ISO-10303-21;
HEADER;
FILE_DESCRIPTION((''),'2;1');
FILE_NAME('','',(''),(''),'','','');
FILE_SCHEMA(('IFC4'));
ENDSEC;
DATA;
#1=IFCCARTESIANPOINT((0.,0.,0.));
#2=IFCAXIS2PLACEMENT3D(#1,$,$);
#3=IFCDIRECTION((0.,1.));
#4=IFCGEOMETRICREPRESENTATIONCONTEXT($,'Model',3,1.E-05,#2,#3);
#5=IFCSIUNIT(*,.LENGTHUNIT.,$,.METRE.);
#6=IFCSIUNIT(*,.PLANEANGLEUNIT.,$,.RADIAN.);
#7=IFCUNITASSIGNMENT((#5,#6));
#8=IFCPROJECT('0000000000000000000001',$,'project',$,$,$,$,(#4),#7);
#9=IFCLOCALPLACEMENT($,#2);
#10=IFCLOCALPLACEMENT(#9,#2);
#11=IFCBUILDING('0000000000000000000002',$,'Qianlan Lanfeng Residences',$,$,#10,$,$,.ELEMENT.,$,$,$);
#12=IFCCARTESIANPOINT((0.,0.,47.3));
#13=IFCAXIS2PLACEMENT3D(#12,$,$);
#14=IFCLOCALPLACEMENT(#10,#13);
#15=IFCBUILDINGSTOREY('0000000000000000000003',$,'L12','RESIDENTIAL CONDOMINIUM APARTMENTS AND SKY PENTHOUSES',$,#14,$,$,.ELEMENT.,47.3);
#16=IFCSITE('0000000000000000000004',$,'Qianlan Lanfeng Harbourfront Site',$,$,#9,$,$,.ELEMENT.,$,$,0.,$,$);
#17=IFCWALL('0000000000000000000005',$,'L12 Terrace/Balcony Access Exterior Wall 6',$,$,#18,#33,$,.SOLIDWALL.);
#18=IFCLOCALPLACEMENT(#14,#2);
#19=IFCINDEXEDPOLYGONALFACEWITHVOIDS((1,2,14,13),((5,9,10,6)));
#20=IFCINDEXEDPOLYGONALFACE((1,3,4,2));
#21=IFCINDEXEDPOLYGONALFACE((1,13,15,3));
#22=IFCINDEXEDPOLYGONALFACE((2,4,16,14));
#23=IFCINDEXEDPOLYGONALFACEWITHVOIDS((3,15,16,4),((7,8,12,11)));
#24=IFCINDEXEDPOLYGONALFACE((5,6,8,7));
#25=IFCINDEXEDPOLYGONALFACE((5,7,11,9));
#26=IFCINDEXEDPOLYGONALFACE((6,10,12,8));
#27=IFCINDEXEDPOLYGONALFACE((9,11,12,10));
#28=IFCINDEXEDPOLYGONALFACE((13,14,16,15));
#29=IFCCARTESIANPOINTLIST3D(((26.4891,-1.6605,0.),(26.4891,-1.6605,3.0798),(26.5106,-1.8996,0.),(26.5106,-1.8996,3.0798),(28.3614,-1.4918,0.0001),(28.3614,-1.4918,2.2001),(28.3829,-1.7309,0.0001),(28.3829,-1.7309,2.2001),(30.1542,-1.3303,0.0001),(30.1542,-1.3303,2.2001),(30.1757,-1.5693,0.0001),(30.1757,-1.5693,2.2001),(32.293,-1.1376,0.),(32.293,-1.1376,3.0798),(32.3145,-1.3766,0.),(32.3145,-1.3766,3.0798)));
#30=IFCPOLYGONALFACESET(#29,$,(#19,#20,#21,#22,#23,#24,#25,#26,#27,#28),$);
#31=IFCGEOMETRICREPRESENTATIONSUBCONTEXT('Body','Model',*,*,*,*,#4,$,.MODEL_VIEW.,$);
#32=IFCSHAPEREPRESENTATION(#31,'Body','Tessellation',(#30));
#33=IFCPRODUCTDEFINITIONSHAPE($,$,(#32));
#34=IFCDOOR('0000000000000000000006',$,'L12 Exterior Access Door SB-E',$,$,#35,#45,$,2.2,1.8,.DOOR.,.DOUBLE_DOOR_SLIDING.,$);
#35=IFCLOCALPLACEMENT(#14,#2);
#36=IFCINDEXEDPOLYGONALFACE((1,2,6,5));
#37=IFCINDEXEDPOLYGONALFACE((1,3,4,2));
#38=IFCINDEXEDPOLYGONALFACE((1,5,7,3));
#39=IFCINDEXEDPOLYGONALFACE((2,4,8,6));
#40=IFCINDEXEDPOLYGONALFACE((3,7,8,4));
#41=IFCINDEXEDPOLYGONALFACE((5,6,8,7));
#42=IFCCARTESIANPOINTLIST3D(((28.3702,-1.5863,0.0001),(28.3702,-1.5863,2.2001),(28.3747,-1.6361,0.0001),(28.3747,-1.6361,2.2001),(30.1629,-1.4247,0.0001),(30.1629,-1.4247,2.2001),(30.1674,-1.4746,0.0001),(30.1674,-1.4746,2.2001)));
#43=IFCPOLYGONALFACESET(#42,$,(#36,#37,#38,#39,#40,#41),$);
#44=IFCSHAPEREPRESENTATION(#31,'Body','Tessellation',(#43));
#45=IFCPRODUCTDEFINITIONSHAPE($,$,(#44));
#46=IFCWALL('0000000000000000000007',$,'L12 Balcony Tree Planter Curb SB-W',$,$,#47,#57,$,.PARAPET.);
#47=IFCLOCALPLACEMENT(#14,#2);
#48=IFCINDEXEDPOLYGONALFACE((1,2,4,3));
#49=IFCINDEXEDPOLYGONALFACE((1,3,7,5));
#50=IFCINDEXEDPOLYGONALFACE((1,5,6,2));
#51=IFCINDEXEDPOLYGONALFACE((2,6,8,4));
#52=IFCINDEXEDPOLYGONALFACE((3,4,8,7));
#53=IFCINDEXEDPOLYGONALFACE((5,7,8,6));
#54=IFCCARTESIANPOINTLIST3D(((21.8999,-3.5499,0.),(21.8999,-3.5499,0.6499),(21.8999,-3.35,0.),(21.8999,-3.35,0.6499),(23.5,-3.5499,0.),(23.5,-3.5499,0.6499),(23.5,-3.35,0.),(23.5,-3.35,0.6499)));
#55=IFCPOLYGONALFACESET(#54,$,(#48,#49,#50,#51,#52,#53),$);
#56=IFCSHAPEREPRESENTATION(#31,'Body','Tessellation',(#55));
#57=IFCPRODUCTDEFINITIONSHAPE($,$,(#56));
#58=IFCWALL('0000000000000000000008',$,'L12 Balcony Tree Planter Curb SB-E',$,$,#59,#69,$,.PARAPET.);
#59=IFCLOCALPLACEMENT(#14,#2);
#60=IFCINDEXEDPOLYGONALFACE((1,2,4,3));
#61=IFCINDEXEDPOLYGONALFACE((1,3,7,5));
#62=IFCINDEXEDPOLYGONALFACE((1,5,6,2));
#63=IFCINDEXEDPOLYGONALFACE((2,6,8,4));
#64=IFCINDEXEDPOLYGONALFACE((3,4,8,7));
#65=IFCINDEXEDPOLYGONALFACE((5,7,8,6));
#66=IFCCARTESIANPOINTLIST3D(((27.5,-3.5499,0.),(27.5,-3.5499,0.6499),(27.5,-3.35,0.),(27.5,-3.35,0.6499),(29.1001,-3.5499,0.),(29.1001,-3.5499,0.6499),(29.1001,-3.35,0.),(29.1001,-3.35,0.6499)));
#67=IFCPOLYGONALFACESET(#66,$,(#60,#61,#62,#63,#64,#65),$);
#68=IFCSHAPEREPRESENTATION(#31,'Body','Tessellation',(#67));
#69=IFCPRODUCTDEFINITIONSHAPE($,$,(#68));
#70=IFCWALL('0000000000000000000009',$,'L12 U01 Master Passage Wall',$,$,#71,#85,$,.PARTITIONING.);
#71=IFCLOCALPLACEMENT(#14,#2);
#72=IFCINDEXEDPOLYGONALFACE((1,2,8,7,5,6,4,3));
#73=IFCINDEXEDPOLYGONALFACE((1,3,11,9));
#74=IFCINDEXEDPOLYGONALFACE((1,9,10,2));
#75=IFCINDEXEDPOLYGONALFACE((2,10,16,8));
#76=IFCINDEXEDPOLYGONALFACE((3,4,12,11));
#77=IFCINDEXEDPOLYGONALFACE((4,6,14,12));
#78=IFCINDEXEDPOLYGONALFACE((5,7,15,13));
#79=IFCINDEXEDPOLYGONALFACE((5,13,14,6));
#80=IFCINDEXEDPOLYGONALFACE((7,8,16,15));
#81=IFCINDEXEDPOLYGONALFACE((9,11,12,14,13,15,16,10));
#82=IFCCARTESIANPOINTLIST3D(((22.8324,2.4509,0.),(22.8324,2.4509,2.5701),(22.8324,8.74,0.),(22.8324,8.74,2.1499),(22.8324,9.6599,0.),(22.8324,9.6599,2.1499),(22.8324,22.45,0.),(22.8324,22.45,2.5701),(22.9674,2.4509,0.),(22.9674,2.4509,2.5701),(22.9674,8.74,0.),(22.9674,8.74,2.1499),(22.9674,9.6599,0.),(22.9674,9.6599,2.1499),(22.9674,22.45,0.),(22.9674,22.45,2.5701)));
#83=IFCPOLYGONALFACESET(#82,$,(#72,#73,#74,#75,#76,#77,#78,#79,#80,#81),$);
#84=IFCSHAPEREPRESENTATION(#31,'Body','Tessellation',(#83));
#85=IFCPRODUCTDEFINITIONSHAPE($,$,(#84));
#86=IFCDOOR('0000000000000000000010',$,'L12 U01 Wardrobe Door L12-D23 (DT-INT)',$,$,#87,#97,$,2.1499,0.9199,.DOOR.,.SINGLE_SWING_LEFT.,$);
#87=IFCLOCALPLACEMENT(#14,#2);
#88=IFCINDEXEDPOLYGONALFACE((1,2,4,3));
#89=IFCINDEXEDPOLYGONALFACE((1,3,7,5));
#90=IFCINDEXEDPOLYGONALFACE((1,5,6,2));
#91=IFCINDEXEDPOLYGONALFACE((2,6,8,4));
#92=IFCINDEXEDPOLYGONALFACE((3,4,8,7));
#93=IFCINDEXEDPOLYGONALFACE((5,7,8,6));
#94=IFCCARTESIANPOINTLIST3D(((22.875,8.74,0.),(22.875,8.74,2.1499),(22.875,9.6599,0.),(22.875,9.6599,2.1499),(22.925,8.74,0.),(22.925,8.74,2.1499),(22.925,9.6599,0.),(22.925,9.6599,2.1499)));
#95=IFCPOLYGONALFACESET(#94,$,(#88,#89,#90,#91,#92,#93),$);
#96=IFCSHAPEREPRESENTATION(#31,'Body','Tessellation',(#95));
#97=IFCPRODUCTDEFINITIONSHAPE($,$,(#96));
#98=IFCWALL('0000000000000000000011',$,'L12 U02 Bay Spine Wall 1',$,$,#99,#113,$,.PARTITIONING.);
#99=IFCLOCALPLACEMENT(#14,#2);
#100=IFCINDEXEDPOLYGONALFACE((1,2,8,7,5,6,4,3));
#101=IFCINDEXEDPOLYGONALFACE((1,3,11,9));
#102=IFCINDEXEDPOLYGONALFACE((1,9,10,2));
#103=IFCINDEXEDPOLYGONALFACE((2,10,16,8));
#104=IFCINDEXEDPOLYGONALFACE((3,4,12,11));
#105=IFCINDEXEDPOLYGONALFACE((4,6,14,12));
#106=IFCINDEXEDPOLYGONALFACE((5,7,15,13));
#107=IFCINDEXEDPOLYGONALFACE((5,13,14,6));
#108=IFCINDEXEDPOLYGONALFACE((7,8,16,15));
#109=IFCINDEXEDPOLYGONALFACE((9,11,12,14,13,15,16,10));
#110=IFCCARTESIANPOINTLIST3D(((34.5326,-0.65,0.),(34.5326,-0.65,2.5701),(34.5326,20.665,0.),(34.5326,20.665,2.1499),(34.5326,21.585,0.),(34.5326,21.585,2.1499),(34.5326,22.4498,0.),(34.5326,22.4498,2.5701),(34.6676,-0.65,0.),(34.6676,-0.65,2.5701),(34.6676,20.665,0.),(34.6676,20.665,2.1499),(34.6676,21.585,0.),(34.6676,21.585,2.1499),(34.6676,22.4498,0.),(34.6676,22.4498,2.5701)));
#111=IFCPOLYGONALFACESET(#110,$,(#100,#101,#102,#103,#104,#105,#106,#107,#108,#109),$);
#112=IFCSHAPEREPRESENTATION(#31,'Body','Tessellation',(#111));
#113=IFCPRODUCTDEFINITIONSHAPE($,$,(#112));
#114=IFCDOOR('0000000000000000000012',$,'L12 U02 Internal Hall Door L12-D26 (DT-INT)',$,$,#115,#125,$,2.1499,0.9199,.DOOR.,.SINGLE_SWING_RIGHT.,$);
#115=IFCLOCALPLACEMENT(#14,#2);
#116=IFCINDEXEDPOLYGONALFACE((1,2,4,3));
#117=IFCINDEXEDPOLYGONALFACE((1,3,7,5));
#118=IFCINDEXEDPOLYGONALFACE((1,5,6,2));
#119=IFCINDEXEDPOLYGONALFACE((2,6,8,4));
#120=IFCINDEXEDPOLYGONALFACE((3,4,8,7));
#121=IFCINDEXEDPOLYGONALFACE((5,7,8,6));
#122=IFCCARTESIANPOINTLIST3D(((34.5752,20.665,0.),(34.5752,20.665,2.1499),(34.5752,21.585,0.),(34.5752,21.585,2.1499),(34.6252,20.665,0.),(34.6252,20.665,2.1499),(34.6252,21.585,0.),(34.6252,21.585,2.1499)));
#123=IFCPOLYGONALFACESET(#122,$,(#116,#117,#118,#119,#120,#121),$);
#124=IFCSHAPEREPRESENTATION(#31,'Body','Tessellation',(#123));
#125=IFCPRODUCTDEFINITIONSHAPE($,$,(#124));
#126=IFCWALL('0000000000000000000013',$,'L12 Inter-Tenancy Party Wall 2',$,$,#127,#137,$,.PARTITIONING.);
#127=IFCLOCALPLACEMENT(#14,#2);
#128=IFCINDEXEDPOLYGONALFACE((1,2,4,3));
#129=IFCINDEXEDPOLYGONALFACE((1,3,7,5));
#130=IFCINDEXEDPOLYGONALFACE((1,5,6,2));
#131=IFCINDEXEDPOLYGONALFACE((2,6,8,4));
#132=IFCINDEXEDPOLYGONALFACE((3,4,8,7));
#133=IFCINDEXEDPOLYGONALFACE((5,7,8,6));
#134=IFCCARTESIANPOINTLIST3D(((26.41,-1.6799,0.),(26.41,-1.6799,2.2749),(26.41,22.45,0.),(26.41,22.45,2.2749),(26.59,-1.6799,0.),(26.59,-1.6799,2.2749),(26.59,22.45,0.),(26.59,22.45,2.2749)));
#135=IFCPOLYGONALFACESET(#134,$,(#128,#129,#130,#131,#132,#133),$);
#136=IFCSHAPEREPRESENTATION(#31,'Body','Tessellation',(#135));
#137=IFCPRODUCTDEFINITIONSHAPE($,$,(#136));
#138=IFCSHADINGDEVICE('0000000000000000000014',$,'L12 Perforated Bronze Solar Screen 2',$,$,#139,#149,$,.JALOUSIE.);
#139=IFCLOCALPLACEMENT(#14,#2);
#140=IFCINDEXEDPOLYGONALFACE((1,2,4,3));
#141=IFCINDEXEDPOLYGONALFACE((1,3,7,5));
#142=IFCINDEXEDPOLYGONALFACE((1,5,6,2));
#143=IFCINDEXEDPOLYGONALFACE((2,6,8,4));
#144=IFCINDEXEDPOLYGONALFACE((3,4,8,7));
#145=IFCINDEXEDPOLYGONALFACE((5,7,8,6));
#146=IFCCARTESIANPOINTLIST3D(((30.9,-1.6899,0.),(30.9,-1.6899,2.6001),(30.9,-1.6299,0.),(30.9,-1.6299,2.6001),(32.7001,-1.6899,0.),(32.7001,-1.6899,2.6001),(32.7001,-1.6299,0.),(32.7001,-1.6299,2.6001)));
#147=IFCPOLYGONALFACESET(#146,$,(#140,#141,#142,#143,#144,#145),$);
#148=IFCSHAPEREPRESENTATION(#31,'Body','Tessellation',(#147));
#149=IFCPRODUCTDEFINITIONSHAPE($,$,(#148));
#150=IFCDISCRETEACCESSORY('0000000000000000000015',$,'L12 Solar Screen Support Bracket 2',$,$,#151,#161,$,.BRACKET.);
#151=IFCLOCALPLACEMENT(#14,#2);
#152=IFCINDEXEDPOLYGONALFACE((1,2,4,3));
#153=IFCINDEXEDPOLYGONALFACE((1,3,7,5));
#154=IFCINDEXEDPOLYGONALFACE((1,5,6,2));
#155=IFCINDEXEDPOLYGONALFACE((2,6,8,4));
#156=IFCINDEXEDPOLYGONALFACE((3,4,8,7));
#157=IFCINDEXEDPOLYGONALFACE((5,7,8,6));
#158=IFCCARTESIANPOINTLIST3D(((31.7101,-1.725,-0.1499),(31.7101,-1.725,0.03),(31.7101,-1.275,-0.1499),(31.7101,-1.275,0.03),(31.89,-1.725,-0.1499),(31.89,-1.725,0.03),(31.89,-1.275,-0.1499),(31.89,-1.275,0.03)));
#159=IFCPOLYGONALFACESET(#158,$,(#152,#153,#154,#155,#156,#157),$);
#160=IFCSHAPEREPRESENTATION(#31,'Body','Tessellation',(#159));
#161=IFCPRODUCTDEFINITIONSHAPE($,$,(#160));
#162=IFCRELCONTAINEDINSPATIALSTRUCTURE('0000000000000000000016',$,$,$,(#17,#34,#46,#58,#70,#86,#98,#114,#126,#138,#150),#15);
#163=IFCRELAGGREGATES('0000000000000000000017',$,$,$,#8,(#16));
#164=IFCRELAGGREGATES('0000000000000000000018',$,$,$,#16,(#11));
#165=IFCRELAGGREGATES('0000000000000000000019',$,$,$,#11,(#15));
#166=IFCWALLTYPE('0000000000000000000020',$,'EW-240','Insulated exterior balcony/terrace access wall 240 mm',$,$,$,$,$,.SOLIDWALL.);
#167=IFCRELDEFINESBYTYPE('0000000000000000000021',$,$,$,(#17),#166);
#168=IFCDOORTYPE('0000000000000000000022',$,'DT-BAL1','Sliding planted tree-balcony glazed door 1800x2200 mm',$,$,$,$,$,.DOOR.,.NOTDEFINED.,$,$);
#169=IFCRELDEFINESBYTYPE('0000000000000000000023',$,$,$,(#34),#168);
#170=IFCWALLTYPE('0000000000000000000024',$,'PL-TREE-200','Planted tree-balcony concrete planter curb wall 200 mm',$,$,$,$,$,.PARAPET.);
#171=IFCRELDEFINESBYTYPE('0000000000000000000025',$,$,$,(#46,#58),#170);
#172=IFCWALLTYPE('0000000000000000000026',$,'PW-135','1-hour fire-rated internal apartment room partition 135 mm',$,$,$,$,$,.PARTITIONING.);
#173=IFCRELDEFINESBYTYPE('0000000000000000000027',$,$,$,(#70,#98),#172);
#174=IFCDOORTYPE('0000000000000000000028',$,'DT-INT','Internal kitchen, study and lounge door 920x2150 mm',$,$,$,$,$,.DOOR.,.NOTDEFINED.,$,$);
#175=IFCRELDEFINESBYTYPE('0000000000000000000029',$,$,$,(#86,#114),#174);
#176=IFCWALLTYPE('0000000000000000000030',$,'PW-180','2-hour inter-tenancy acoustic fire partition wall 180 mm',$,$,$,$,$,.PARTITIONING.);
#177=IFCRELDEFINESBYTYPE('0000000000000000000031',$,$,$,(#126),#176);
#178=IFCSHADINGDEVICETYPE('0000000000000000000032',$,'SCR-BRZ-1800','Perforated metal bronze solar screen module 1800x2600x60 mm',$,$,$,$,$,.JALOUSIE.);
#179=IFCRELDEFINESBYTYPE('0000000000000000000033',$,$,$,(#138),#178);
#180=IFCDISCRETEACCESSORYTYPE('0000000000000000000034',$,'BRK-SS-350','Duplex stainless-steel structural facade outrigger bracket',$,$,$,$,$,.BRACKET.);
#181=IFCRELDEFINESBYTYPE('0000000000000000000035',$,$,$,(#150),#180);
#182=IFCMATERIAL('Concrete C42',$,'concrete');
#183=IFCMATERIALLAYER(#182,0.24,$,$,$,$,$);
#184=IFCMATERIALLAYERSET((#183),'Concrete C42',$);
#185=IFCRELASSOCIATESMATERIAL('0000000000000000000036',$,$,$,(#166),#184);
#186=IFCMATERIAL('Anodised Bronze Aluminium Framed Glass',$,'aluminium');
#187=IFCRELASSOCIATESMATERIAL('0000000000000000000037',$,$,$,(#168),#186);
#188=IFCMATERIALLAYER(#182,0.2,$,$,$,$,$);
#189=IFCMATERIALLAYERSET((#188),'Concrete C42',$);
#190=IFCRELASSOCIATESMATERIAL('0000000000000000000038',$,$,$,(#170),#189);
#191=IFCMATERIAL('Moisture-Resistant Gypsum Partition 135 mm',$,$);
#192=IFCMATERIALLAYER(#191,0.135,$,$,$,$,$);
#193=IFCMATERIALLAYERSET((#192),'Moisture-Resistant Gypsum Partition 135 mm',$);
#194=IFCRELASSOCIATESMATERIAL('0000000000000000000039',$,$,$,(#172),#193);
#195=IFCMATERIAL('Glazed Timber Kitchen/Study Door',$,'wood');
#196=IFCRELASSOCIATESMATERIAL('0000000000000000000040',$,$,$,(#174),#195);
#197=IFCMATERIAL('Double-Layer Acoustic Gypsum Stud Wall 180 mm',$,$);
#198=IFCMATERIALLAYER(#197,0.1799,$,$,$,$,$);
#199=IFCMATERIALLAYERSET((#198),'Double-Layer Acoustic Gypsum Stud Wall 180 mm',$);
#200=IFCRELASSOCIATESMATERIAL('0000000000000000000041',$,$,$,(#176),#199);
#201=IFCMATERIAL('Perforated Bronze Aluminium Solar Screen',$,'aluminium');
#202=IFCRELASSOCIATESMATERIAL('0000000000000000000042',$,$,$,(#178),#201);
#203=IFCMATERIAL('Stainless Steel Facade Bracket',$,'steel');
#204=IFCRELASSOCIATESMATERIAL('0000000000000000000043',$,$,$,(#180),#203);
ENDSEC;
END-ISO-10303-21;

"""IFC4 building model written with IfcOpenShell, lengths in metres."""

from ifc_helpers import new_model, si_unit, direction, frame, frame_2d, origin, origin_2d, place, context, subcontext, project, spatial, rectangle, extrude, source, transform, mapped, material, layer, layer_set, type_object, element, fill, save


model = new_model("IFC4")

# Units and contexts
model_context = context("Model", 3, precision=1e-05, world=origin(), true_north=direction((0.0, 1.0)))
body_context = subcontext(model_context, "Body", "Model", "MODEL_VIEW")
ifc_project = project(units=[si_unit("LENGTHUNIT", "METRE"), si_unit("PLANEANGLEUNIT", "RADIAN")], contexts=[model_context])

# Site, building, storey
site_placement = place(None, origin())
site = spatial("IfcSite", under=ifc_project, at=site_placement, Name="Qianlan Lanfeng Harbourfront Site", CompositionType="ELEMENT", RefElevation=0.0)
building_placement = place(site_placement, origin())
building = spatial("IfcBuilding", under=site, at=building_placement, Name="Qianlan Lanfeng Residences", CompositionType="ELEMENT")
storey_placement = place(building_placement, frame((0.0, 0.0, 47.3)))
storey = spatial("IfcBuildingStorey", under=building, at=storey_placement, Name="L12", Description="RESIDENTIAL CONDOMINIUM APARTMENTS AND SKY PENTHOUSES", CompositionType="ELEMENT", Elevation=47.3)

# Wall, opening, door
ifc_material_1 = material(Name="Concrete C42", Category="concrete")
ifc_layer_1 = layer(ifc_material_1, 0.24)
ifc_layer_set_1 = layer_set([ifc_layer_1], Name="Concrete C42")
wall_type_1 = type_object("IfcWallType", Name="EW-240", Description="Insulated exterior balcony/terrace access wall 240 mm", PredefinedType="SOLIDWALL", material=ifc_layer_set_1)
wall_1_placement = place(storey_placement, frame((26.5, -1.78, 0.0), z_axis=(0.0, 0.0, 1.0), x_axis=(0.995965, 0.089739, 0.0)))
wall_1 = element("IfcWall", 1, at=wall_1_placement, inside=storey, type_object=wall_type_1, Name="L12 Terrace/Balcony Access Exterior Wall 6", PredefinedType="SOLIDWALL", context=body_context, shape_type="SweptSolid", body=[
    extrude(rectangle(XDim=5.8274, YDim=0.24, at=frame_2d((2.9136, 0.0))), origin(), (0.0, 0.0, 1.0), 3.0798),
])
opening_1_placement = place(wall_1_placement, frame((1.8799, 0.0, 0.0)))
opening_1 = element("IfcOpeningElement", 2, at=opening_1_placement, cuts=wall_1, PredefinedType="OPENING", context=body_context, shape_type="SweptSolid", body=[
    extrude(rectangle(XDim=1.8, YDim=2.2, at=frame_2d((0.8999, 1.1001))), frame((0.0, 0.1299, 0.0), z_axis=(0.0, -1.0, 0.0), x_axis=(1.0, 0.0, 0.0)), (0.0, 0.0, 1.0), 0.26),
])
ifc_material_2 = material(Name="Anodised Bronze Aluminium Framed Glass", Category="aluminium")
door_type_1 = type_object("IfcDoorType", Name="DT-BAL1", Description="Sliding planted tree-balcony glazed door 1800x2200 mm", OperationType="NOTDEFINED", PredefinedType="DOOR", material=ifc_material_2)
door_1_placement = place(opening_1_placement, frame((1.8, 0.0, 0.0), z_axis=(0.0, 0.0, 1.0), x_axis=(-1.0, 0.0, 0.0)))
door_1 = element("IfcDoor", 3, at=door_1_placement, inside=storey, type_object=door_type_1, Name="L12 Exterior Access Door SB-E", OperationType="DOUBLE_DOOR_SLIDING", OverallHeight=2.2, OverallWidth=1.8, PredefinedType="DOOR", context=body_context, shape_type="SweptSolid", body=[
    extrude(rectangle(XDim=1.8, YDim=2.2, at=frame_2d((0.8999, 1.1001))), frame((0.0, 0.0249, 0.0), z_axis=(0.0, -1.0, 0.0), x_axis=(1.0, 0.0, 0.0)), (0.0, 0.0, 1.0), 0.05),
])
fill(opening_1, door_1)

# Walls
ifc_layer_2 = layer(ifc_material_1, 0.2)
ifc_layer_set_2 = layer_set([ifc_layer_2], Name="Concrete C42")
wall_type_2 = type_object("IfcWallType", Name="PL-TREE-200", Description="Planted tree-balcony concrete planter curb wall 200 mm", PredefinedType="PARAPET", material=ifc_layer_set_2)
for number, where, z_axis, x_axis, name in (
    (4, (21.8999, -3.45, 0.0), (0.0, 0.0, 1.0), (1.0, 0.0, 0.0), "L12 Balcony Tree Planter Curb SB-W"),
    (5, (27.5, -3.45, 0.0), (0.0, 0.0, 1.0), (1.0, 0.0, 0.0), "L12 Balcony Tree Planter Curb SB-E"),
):
    element("IfcWall", number, at=place(storey_placement, frame(where, z_axis=z_axis, x_axis=x_axis)), inside=storey, type_object=wall_type_2, Name=name, PredefinedType="PARAPET", context=body_context, shape_type="SweptSolid", body=[
        extrude(rectangle(XDim=1.6001, YDim=0.2, at=frame_2d((0.8, 0.0))), origin(), (0.0, 0.0, 1.0), 0.6499),
    ])

# Walls, openings, doors
ifc_material_3 = material(Name="Moisture-Resistant Gypsum Partition 135 mm")
ifc_layer_3 = layer(ifc_material_3, 0.135)
ifc_layer_set_3 = layer_set([ifc_layer_3], Name="Moisture-Resistant Gypsum Partition 135 mm")
wall_type_3 = type_object("IfcWallType", Name="PW-135", Description="1-hour fire-rated internal apartment room partition 135 mm", PredefinedType="PARTITIONING", material=ifc_layer_set_3)
wall_2_placement = place(storey_placement, frame((22.8999, 2.4509, 0.0), z_axis=(0.0, 0.0, 1.0), x_axis=(0.0, 1.0, 0.0)))
wall_2 = element("IfcWall", 6, at=wall_2_placement, inside=storey, type_object=wall_type_3, Name="L12 U01 Master Passage Wall", PredefinedType="PARTITIONING", context=body_context, shape_type="SweptSolid", body=[
    extrude(rectangle(XDim=19.999, YDim=0.135, at=frame_2d((9.9995, 0.0))), origin(), (0.0, 0.0, 1.0), 2.5701),
])
opening_2_placement = place(wall_2_placement, frame((6.2891, 0.0, 0.0)))
opening_2 = element("IfcOpeningElement", 7, at=opening_2_placement, cuts=wall_2, PredefinedType="OPENING", context=body_context, shape_type="SweptSolid", body=[
    extrude(rectangle(XDim=0.9199, YDim=2.1499, at=frame_2d((0.46, 1.075))), frame((0.0, 0.0776, 0.0), z_axis=(0.0, -1.0, 0.0), x_axis=(1.0, 0.0, 0.0)), (0.0, 0.0, 1.0), 0.155),
])
ifc_material_4 = material(Name="Glazed Timber Kitchen/Study Door", Category="wood")
door_type_2 = type_object("IfcDoorType", Name="DT-INT", Description="Internal kitchen, study and lounge door 920x2150 mm", OperationType="NOTDEFINED", PredefinedType="DOOR", material=ifc_material_4)
door_2_placement = place(opening_2_placement, origin())
door_2 = element("IfcDoor", 8, at=door_2_placement, inside=storey, type_object=door_type_2, Name="L12 U01 Wardrobe Door L12-D23 (DT-INT)", OperationType="SINGLE_SWING_LEFT", OverallHeight=2.1499, OverallWidth=0.9199, PredefinedType="DOOR", context=body_context, shape_type="SweptSolid", body=[
    extrude(rectangle(XDim=0.9199, YDim=2.1499, at=frame_2d((0.46, 1.075))), frame((0.0, 0.0249, 0.0), z_axis=(0.0, -1.0, 0.0), x_axis=(1.0, 0.0, 0.0)), (0.0, 0.0, 1.0), 0.05),
])
fill(opening_2, door_2)
wall_3_placement = place(storey_placement, frame((34.6001, -0.6499, 0.0), z_axis=(0.0, 0.0, 1.0), x_axis=(0.0, 1.0, 0.0)))
wall_3 = element("IfcWall", 9, at=wall_3_placement, inside=storey, type_object=wall_type_3, Name="L12 U02 Bay Spine Wall 1", PredefinedType="PARTITIONING", context=body_context, shape_type="SweptSolid", body=[
    extrude(rectangle(XDim=23.0999, YDim=0.135, at=frame_2d((11.5498, 0.0))), origin(), (0.0, 0.0, 1.0), 2.5701),
])
opening_3_placement = place(wall_3_placement, frame((21.3149, 0.0, 0.0)))
opening_3 = element("IfcOpeningElement", 10, at=opening_3_placement, cuts=wall_3, PredefinedType="OPENING", context=body_context, shape_type="SweptSolid", body=[
    extrude(rectangle(XDim=0.9199, YDim=2.1499, at=frame_2d((0.46, 1.075))), frame((0.0, 0.0776, 0.0), z_axis=(0.0, -1.0, 0.0), x_axis=(1.0, 0.0, 0.0)), (0.0, 0.0, 1.0), 0.155),
])
door_3_placement = place(opening_3_placement, origin())
door_3 = element("IfcDoor", 11, at=door_3_placement, inside=storey, type_object=door_type_2, Name="L12 U02 Internal Hall Door L12-D26 (DT-INT)", OperationType="SINGLE_SWING_RIGHT", OverallHeight=2.1499, OverallWidth=0.9199, PredefinedType="DOOR", context=body_context, shape_type="SweptSolid", body=[
    extrude(rectangle(XDim=0.9199, YDim=2.1499, at=frame_2d((0.46, 1.075))), frame((0.0, 0.0249, 0.0), z_axis=(0.0, -1.0, 0.0), x_axis=(1.0, 0.0, 0.0)), (0.0, 0.0, 1.0), 0.05),
])
fill(opening_3, door_3)

# Wall
ifc_material_5 = material(Name="Double-Layer Acoustic Gypsum Stud Wall 180 mm")
ifc_layer_4 = layer(ifc_material_5, 0.1799)
ifc_layer_set_4 = layer_set([ifc_layer_4], Name="Double-Layer Acoustic Gypsum Stud Wall 180 mm")
wall_type_4 = type_object("IfcWallType", Name="PW-180", Description="2-hour inter-tenancy acoustic fire partition wall 180 mm", PredefinedType="PARTITIONING", material=ifc_layer_set_4)
wall_4_placement = place(storey_placement, frame((26.5, -1.6799, 0.0), z_axis=(0.0, 0.0, 1.0), x_axis=(0.0, 1.0, 0.0)))
element("IfcWall", 12, at=wall_4_placement, inside=storey, type_object=wall_type_4, Name="L12 Inter-Tenancy Party Wall 2", PredefinedType="PARTITIONING", context=body_context, shape_type="SweptSolid", body=[
    extrude(rectangle(XDim=24.1299, YDim=0.1799, at=frame_2d((12.0649, 0.0))), origin(), (0.0, 0.0, 1.0), 2.2749),
])

# Shading device
ifc_material_6 = material(Name="Perforated Bronze Aluminium Solar Screen", Category="aluminium")
shading_device_type = type_object("IfcShadingDeviceType", Name="SCR-BRZ-1800", Description="Perforated metal bronze solar screen module 1800x2600x60 mm", PredefinedType="JALOUSIE", material=ifc_material_6)
shared_shape_1 = source(origin(), body_context, "Body", "SweptSolid", [
    extrude(rectangle(XDim=1.8, YDim=0.0601, at=origin_2d()), origin(), (0.0, 0.0, 1.0), 2.6001),
])
shading_device_placement = place(storey_placement, frame((31.8, -1.6599, 0.0), z_axis=(0.0, 0.0, 1.0), x_axis=(1.0, 0.0, 0.0)))
element("IfcShadingDevice", 13, at=shading_device_placement, inside=storey, type_object=shading_device_type, Name="L12 Perforated Bronze Solar Screen 2", PredefinedType="JALOUSIE", context=body_context, shape_type="MappedRepresentation", body=[
    mapped(shared_shape_1, transform((0.0, 0.0, 0.0), scale=1.0)),
])

# Discrete accessory
ifc_material_7 = material(Name="Stainless Steel Facade Bracket", Category="steel")
discrete_accessory_type = type_object("IfcDiscreteAccessoryType", Name="BRK-SS-350", Description="Duplex stainless-steel structural facade outrigger bracket", PredefinedType="BRACKET", material=ifc_material_7)
shared_shape_2 = source(origin(), body_context, "Body", "SweptSolid", [
    extrude(rectangle(XDim=0.1799, YDim=0.45, at=origin_2d()), origin(), (0.0, 0.0, 1.0), 0.1799),
])
discrete_accessory_placement = place(storey_placement, frame((31.8, -1.5, -0.1499), z_axis=(0.0, 0.0, 1.0), x_axis=(1.0, 0.0, 0.0)))
element("IfcDiscreteAccessory", 14, at=discrete_accessory_placement, inside=storey, type_object=discrete_accessory_type, Name="L12 Solar Screen Support Bracket 2", PredefinedType="BRACKET", context=body_context, shape_type="MappedRepresentation", body=[
    mapped(shared_shape_2, transform((0.0, 0.0, 0.0), scale=1.0)),
])

save(model, "model.ifc")
